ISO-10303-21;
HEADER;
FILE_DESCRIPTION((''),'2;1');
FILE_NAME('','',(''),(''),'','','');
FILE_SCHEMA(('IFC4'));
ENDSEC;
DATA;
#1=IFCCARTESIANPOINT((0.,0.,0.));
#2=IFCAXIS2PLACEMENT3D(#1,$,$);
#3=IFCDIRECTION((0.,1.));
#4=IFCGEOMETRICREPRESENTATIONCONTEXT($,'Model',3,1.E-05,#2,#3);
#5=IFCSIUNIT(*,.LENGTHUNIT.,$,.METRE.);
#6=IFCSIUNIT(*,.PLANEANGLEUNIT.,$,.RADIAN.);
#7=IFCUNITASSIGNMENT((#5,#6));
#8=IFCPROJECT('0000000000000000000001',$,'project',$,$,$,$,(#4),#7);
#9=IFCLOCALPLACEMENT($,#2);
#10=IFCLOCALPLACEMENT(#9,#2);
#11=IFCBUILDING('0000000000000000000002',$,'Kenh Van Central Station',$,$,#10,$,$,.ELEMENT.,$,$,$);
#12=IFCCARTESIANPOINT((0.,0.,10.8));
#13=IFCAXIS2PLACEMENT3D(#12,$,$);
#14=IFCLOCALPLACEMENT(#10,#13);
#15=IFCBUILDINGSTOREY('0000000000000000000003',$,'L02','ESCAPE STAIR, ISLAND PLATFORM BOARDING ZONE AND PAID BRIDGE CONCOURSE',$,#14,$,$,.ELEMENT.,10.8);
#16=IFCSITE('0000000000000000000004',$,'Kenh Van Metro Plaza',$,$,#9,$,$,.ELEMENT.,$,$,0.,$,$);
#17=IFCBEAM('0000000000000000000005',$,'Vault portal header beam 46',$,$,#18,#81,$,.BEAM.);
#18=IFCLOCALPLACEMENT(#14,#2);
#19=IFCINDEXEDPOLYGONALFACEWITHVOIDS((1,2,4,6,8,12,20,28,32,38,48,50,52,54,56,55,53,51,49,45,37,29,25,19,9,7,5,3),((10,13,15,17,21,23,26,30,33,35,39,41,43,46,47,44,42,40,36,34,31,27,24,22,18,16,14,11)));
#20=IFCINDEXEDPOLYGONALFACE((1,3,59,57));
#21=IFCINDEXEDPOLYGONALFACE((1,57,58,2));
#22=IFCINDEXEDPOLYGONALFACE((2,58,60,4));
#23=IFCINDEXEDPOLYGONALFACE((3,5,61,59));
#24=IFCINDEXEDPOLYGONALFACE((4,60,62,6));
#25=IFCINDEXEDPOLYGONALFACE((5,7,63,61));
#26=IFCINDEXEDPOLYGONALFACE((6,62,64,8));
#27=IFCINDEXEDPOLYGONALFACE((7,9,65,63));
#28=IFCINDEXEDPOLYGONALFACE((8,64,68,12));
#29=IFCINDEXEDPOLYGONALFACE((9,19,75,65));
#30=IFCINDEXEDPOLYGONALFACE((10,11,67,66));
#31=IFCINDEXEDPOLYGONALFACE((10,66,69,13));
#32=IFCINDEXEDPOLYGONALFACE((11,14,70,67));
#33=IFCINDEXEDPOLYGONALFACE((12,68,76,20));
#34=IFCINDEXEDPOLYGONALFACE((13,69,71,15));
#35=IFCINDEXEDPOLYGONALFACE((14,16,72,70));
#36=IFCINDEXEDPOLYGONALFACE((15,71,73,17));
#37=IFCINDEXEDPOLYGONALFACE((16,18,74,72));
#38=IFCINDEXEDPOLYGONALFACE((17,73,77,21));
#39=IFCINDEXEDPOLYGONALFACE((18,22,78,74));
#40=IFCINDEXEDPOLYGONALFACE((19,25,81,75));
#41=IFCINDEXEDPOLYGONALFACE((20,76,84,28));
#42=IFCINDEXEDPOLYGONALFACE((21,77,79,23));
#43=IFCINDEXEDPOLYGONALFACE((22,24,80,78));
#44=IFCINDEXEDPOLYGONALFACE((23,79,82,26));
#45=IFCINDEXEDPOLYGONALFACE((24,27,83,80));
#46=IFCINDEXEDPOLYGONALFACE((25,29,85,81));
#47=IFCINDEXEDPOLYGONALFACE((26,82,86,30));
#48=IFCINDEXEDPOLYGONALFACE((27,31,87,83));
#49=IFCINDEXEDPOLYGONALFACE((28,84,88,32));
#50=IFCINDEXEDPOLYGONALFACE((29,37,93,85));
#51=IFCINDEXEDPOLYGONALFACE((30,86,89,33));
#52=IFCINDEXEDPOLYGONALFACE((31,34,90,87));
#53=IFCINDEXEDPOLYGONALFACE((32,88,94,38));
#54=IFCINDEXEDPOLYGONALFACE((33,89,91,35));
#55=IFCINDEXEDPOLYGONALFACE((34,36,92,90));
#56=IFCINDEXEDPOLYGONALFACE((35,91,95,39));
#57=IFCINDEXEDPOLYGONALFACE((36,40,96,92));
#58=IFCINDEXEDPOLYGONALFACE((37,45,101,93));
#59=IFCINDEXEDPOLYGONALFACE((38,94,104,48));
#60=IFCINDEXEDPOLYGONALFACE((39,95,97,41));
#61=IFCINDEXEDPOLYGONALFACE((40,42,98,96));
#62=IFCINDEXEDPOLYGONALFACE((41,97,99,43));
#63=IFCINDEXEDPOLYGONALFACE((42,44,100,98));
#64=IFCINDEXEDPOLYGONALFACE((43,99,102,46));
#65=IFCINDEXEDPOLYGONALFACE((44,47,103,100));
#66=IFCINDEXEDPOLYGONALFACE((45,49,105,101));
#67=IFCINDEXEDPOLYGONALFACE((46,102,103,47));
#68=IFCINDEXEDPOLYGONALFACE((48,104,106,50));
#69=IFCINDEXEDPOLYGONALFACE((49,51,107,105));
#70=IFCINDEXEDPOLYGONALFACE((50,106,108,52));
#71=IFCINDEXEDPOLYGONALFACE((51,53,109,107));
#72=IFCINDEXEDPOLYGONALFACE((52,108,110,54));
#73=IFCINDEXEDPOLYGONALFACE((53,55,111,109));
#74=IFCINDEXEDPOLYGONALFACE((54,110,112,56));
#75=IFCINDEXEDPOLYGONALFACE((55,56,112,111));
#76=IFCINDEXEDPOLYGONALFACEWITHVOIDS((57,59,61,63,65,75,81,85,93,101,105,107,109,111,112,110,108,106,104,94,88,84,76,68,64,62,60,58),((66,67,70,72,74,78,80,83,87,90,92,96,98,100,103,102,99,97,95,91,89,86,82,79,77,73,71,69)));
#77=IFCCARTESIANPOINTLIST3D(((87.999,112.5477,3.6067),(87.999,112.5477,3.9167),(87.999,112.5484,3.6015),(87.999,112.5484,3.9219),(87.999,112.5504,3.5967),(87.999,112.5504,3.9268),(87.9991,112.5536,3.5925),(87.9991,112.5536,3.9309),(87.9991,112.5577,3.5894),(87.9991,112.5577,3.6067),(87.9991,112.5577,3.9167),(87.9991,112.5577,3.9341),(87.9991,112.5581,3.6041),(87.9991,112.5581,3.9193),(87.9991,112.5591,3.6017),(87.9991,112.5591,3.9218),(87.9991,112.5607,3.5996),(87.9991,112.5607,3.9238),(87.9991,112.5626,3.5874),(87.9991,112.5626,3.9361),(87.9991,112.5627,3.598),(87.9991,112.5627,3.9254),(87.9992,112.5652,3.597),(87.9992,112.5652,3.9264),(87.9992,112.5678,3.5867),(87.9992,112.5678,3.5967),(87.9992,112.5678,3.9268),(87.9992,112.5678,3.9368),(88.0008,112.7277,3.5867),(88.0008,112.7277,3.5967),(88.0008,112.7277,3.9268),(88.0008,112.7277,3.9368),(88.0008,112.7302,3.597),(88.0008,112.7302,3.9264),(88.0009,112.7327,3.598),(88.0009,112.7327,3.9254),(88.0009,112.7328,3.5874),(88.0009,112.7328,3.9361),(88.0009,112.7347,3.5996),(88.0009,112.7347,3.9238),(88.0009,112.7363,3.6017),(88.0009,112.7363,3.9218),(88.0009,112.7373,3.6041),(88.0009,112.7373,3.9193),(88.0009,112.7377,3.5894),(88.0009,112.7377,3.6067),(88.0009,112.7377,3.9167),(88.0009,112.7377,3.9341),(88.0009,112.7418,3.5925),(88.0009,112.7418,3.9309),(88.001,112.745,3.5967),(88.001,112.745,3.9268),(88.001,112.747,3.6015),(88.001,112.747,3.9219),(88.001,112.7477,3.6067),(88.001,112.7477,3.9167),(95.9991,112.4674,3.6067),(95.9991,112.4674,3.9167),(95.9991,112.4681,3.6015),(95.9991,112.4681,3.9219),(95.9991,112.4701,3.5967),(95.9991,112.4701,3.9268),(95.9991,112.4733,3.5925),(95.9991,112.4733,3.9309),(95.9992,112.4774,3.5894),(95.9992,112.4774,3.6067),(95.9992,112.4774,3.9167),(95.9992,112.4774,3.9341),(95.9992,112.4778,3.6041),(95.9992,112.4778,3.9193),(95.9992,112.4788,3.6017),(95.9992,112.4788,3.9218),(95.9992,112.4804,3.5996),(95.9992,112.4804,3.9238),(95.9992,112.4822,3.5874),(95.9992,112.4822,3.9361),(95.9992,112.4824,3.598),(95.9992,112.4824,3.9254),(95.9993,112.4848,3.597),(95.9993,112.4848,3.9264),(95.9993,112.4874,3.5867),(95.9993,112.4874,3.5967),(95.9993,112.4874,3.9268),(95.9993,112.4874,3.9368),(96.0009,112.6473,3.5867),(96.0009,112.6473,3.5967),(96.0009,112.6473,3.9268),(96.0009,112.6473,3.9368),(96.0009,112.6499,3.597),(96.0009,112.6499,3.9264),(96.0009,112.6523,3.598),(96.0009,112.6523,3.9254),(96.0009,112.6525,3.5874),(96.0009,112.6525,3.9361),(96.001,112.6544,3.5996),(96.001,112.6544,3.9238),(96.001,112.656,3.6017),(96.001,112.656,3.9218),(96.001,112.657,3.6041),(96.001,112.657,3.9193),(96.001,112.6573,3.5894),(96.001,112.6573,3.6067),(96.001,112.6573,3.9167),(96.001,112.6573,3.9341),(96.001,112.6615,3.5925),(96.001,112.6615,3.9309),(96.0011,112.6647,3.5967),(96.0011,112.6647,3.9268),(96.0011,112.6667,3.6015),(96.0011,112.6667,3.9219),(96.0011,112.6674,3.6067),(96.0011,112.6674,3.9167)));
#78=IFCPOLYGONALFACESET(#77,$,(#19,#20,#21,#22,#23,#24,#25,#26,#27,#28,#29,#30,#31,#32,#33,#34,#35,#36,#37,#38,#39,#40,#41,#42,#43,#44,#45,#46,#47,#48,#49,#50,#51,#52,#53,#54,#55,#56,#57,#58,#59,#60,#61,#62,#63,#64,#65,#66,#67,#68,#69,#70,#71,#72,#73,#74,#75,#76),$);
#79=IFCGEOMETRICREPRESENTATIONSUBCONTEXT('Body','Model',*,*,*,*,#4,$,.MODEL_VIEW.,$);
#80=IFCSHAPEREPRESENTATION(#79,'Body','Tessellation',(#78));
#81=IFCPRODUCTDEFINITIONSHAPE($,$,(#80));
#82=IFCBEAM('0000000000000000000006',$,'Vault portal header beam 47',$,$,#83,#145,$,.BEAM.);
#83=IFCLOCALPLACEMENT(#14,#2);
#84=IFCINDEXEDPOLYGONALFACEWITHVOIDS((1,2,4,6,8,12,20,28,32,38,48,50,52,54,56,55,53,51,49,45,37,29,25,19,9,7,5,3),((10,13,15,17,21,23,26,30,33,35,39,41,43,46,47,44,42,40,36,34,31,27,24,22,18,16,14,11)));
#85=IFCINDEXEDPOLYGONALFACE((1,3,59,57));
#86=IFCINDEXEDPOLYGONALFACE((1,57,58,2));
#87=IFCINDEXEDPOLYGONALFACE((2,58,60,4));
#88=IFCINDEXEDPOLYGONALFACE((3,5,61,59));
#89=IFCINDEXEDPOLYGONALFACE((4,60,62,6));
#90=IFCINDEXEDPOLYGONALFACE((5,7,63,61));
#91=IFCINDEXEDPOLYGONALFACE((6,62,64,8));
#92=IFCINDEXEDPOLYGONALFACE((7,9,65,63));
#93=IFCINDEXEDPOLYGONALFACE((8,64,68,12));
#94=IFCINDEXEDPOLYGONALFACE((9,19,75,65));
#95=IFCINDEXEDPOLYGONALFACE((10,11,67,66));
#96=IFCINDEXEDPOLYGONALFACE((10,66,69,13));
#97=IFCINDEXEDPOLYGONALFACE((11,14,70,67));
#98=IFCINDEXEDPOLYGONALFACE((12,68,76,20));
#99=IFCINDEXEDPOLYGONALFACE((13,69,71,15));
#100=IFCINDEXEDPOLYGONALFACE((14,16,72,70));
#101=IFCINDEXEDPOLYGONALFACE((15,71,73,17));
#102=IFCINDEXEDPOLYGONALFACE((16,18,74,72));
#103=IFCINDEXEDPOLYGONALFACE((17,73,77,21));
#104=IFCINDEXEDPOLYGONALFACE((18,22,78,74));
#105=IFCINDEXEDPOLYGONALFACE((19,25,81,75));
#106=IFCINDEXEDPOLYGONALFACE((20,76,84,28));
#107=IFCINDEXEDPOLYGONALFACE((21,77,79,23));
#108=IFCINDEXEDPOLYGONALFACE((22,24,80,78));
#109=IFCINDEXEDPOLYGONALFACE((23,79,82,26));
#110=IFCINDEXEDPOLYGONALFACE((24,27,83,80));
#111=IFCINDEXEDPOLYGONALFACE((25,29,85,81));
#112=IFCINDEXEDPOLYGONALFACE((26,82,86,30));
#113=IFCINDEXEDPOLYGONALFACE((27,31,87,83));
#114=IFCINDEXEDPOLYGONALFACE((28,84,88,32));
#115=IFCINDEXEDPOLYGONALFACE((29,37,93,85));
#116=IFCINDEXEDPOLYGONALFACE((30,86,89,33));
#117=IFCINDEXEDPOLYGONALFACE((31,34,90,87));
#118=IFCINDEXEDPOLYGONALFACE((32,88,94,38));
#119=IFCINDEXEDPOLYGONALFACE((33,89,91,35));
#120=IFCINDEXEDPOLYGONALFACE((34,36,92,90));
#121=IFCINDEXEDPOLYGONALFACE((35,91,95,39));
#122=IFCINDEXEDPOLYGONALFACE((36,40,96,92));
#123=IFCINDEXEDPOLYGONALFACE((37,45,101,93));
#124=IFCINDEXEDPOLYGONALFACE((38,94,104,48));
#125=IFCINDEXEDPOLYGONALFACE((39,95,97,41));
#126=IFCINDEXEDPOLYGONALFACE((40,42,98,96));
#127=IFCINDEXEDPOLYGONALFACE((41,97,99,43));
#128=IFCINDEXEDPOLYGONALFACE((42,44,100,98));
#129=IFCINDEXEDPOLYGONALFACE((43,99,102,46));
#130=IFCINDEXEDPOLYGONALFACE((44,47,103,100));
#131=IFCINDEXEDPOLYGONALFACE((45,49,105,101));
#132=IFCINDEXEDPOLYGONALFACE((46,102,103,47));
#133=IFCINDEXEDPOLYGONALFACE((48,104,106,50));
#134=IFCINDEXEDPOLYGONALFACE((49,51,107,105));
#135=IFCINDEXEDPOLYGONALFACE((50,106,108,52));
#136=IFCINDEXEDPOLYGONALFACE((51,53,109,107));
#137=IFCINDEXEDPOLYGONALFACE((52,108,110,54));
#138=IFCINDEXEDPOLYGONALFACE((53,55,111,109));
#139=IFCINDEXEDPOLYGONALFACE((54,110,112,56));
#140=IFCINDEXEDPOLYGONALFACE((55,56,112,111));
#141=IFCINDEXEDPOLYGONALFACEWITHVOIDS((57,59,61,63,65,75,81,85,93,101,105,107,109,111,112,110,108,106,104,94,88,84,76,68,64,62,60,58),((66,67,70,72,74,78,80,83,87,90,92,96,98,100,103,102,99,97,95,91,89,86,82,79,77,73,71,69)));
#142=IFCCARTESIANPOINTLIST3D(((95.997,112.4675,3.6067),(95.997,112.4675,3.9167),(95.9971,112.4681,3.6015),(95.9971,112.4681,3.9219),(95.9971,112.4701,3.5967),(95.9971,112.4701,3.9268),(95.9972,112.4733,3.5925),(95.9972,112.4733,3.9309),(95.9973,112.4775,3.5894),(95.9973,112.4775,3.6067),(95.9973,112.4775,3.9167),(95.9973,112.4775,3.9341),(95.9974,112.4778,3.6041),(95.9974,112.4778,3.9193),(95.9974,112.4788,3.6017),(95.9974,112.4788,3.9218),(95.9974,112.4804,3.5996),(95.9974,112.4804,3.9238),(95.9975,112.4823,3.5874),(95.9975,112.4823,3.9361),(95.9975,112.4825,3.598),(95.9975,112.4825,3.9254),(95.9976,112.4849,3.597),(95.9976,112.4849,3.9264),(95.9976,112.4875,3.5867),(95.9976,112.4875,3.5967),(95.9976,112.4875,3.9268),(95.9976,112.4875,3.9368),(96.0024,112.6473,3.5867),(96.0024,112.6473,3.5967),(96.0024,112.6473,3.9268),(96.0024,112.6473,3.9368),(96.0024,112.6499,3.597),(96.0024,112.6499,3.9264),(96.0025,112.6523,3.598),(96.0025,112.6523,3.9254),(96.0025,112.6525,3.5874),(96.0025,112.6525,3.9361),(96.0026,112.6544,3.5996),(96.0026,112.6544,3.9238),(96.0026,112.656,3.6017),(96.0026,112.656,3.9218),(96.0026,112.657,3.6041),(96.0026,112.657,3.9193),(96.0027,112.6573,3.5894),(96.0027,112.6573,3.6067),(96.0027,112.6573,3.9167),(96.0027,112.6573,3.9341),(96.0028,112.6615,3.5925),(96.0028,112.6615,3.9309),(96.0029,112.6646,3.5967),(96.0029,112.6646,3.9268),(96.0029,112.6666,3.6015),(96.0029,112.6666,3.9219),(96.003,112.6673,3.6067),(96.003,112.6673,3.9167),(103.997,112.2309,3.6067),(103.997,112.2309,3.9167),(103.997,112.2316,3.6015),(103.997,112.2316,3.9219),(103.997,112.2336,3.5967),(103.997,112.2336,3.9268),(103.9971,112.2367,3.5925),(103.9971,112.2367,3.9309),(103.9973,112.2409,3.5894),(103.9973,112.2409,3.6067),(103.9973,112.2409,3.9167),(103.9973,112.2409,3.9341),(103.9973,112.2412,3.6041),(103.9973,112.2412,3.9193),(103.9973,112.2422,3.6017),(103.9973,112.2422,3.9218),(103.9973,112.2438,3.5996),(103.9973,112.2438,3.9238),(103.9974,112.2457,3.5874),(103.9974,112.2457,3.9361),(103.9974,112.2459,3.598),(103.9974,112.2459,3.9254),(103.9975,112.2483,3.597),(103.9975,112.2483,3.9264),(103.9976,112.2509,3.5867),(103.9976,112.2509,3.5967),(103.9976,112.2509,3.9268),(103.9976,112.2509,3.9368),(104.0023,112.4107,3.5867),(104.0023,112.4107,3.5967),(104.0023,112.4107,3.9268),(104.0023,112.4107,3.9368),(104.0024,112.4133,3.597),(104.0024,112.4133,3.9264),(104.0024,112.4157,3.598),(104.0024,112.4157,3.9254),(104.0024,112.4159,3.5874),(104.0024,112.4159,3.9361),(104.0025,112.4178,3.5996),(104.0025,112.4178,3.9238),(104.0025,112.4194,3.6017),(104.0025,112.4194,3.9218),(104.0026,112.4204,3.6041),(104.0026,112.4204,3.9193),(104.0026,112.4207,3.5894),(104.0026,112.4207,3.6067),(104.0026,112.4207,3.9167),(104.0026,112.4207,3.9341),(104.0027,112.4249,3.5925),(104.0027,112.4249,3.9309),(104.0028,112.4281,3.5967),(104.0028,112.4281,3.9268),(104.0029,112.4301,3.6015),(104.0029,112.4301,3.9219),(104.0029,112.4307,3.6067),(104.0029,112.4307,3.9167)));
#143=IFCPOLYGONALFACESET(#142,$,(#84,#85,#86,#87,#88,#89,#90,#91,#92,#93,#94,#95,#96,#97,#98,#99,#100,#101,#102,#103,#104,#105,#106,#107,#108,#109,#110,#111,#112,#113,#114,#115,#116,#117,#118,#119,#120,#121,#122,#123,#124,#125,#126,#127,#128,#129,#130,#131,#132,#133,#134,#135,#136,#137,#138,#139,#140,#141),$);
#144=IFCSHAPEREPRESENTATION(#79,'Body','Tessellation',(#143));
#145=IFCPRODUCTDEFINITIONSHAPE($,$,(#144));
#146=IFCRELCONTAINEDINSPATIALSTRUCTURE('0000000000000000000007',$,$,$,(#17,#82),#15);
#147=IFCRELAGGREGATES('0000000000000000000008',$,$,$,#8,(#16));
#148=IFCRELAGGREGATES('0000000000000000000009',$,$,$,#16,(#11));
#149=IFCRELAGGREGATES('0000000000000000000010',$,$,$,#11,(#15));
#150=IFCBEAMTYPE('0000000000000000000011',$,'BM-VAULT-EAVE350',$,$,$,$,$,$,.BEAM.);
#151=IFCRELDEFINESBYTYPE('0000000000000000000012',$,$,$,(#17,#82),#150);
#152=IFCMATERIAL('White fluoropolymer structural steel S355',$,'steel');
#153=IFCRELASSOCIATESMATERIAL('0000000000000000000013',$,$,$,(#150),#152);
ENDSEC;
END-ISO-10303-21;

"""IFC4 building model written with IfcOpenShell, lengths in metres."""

from ifc_helpers import new_model, si_unit, direction, frame, origin, origin_2d, place, context, subcontext, project, spatial, hollow_rectangle, extrude, material, material_profile, profile_set, type_object, element, save


model = new_model("IFC4")

# Units and contexts
model_context = context("Model", 3, precision=1e-05, world=origin(), true_north=direction((0.0, 1.0)))
body_context = subcontext(model_context, "Body", "Model", "MODEL_VIEW")
ifc_project = project(units=[si_unit("LENGTHUNIT", "METRE"), si_unit("PLANEANGLEUNIT", "RADIAN")], contexts=[model_context])

# Site, building, storey
site_placement = place(None, origin())
site = spatial("IfcSite", under=ifc_project, at=site_placement, Name="Kenh Van Metro Plaza", CompositionType="ELEMENT", RefElevation=0.0)
building_placement = place(site_placement, origin())
building = spatial("IfcBuilding", under=site, at=building_placement, Name="Kenh Van Central Station", CompositionType="ELEMENT")
storey_placement = place(building_placement, frame((0.0, 0.0, 10.8)))
storey = spatial("IfcBuildingStorey", under=building, at=storey_placement, Name="L02", Description="ESCAPE STAIR, ISLAND PLATFORM BOARDING ZONE AND PAID BRIDGE CONCOURSE", CompositionType="ELEMENT", Elevation=10.8)

# Beams
ifc_material_1 = material(Name="White fluoropolymer structural steel S355", Category="steel")
ifc_material_profile_1 = material_profile(ifc_material_1, hollow_rectangle(XDim=0.2, YDim=0.3501, WallThickness=0.01, InnerFilletRadius=0.01, OuterFilletRadius=0.02, at=origin_2d()), Name="RHS 350x200x10")
ifc_profile_set_1 = profile_set([ifc_material_profile_1], Name="White fluoropolymer structural steel S355")
beam_type_1 = type_object("IfcBeamType", Name="BM-VAULT-EAVE350", PredefinedType="BEAM", material=ifc_profile_set_1)
beam_1_placement = place(storey_placement, frame((88.0, 112.6477, 3.7617), z_axis=(0.99995, -0.01004, 0.0), x_axis=(0.01004, 0.99995, 0.0)))
element("IfcBeam", 1, at=beam_1_placement, inside=storey, type_object=beam_type_1, Name="Vault portal header beam 46", PredefinedType="BEAM", context=body_context, shape_type="SweptSolid", body=[
    extrude(hollow_rectangle(XDim=0.2, YDim=0.3501, WallThickness=0.01, InnerFilletRadius=0.01, OuterFilletRadius=0.02, at=origin_2d()), origin(), (0.0, 0.0, 1.0), 8.0005),
])
beam_2_placement = place(storey_placement, frame((96.0, 112.5674, 3.7617), z_axis=(0.999563, -0.029559, 0.0), x_axis=(0.029559, 0.999563, 0.0)))
element("IfcBeam", 2, at=beam_2_placement, inside=storey, type_object=beam_type_1, Name="Vault portal header beam 47", PredefinedType="BEAM", context=body_context, shape_type="SweptSolid", body=[
    extrude(hollow_rectangle(XDim=0.2, YDim=0.3501, WallThickness=0.01, InnerFilletRadius=0.01, OuterFilletRadius=0.02, at=origin_2d()), origin(), (0.0, 0.0, 1.0), 8.0034),
])

save(model, "model.ifc")
